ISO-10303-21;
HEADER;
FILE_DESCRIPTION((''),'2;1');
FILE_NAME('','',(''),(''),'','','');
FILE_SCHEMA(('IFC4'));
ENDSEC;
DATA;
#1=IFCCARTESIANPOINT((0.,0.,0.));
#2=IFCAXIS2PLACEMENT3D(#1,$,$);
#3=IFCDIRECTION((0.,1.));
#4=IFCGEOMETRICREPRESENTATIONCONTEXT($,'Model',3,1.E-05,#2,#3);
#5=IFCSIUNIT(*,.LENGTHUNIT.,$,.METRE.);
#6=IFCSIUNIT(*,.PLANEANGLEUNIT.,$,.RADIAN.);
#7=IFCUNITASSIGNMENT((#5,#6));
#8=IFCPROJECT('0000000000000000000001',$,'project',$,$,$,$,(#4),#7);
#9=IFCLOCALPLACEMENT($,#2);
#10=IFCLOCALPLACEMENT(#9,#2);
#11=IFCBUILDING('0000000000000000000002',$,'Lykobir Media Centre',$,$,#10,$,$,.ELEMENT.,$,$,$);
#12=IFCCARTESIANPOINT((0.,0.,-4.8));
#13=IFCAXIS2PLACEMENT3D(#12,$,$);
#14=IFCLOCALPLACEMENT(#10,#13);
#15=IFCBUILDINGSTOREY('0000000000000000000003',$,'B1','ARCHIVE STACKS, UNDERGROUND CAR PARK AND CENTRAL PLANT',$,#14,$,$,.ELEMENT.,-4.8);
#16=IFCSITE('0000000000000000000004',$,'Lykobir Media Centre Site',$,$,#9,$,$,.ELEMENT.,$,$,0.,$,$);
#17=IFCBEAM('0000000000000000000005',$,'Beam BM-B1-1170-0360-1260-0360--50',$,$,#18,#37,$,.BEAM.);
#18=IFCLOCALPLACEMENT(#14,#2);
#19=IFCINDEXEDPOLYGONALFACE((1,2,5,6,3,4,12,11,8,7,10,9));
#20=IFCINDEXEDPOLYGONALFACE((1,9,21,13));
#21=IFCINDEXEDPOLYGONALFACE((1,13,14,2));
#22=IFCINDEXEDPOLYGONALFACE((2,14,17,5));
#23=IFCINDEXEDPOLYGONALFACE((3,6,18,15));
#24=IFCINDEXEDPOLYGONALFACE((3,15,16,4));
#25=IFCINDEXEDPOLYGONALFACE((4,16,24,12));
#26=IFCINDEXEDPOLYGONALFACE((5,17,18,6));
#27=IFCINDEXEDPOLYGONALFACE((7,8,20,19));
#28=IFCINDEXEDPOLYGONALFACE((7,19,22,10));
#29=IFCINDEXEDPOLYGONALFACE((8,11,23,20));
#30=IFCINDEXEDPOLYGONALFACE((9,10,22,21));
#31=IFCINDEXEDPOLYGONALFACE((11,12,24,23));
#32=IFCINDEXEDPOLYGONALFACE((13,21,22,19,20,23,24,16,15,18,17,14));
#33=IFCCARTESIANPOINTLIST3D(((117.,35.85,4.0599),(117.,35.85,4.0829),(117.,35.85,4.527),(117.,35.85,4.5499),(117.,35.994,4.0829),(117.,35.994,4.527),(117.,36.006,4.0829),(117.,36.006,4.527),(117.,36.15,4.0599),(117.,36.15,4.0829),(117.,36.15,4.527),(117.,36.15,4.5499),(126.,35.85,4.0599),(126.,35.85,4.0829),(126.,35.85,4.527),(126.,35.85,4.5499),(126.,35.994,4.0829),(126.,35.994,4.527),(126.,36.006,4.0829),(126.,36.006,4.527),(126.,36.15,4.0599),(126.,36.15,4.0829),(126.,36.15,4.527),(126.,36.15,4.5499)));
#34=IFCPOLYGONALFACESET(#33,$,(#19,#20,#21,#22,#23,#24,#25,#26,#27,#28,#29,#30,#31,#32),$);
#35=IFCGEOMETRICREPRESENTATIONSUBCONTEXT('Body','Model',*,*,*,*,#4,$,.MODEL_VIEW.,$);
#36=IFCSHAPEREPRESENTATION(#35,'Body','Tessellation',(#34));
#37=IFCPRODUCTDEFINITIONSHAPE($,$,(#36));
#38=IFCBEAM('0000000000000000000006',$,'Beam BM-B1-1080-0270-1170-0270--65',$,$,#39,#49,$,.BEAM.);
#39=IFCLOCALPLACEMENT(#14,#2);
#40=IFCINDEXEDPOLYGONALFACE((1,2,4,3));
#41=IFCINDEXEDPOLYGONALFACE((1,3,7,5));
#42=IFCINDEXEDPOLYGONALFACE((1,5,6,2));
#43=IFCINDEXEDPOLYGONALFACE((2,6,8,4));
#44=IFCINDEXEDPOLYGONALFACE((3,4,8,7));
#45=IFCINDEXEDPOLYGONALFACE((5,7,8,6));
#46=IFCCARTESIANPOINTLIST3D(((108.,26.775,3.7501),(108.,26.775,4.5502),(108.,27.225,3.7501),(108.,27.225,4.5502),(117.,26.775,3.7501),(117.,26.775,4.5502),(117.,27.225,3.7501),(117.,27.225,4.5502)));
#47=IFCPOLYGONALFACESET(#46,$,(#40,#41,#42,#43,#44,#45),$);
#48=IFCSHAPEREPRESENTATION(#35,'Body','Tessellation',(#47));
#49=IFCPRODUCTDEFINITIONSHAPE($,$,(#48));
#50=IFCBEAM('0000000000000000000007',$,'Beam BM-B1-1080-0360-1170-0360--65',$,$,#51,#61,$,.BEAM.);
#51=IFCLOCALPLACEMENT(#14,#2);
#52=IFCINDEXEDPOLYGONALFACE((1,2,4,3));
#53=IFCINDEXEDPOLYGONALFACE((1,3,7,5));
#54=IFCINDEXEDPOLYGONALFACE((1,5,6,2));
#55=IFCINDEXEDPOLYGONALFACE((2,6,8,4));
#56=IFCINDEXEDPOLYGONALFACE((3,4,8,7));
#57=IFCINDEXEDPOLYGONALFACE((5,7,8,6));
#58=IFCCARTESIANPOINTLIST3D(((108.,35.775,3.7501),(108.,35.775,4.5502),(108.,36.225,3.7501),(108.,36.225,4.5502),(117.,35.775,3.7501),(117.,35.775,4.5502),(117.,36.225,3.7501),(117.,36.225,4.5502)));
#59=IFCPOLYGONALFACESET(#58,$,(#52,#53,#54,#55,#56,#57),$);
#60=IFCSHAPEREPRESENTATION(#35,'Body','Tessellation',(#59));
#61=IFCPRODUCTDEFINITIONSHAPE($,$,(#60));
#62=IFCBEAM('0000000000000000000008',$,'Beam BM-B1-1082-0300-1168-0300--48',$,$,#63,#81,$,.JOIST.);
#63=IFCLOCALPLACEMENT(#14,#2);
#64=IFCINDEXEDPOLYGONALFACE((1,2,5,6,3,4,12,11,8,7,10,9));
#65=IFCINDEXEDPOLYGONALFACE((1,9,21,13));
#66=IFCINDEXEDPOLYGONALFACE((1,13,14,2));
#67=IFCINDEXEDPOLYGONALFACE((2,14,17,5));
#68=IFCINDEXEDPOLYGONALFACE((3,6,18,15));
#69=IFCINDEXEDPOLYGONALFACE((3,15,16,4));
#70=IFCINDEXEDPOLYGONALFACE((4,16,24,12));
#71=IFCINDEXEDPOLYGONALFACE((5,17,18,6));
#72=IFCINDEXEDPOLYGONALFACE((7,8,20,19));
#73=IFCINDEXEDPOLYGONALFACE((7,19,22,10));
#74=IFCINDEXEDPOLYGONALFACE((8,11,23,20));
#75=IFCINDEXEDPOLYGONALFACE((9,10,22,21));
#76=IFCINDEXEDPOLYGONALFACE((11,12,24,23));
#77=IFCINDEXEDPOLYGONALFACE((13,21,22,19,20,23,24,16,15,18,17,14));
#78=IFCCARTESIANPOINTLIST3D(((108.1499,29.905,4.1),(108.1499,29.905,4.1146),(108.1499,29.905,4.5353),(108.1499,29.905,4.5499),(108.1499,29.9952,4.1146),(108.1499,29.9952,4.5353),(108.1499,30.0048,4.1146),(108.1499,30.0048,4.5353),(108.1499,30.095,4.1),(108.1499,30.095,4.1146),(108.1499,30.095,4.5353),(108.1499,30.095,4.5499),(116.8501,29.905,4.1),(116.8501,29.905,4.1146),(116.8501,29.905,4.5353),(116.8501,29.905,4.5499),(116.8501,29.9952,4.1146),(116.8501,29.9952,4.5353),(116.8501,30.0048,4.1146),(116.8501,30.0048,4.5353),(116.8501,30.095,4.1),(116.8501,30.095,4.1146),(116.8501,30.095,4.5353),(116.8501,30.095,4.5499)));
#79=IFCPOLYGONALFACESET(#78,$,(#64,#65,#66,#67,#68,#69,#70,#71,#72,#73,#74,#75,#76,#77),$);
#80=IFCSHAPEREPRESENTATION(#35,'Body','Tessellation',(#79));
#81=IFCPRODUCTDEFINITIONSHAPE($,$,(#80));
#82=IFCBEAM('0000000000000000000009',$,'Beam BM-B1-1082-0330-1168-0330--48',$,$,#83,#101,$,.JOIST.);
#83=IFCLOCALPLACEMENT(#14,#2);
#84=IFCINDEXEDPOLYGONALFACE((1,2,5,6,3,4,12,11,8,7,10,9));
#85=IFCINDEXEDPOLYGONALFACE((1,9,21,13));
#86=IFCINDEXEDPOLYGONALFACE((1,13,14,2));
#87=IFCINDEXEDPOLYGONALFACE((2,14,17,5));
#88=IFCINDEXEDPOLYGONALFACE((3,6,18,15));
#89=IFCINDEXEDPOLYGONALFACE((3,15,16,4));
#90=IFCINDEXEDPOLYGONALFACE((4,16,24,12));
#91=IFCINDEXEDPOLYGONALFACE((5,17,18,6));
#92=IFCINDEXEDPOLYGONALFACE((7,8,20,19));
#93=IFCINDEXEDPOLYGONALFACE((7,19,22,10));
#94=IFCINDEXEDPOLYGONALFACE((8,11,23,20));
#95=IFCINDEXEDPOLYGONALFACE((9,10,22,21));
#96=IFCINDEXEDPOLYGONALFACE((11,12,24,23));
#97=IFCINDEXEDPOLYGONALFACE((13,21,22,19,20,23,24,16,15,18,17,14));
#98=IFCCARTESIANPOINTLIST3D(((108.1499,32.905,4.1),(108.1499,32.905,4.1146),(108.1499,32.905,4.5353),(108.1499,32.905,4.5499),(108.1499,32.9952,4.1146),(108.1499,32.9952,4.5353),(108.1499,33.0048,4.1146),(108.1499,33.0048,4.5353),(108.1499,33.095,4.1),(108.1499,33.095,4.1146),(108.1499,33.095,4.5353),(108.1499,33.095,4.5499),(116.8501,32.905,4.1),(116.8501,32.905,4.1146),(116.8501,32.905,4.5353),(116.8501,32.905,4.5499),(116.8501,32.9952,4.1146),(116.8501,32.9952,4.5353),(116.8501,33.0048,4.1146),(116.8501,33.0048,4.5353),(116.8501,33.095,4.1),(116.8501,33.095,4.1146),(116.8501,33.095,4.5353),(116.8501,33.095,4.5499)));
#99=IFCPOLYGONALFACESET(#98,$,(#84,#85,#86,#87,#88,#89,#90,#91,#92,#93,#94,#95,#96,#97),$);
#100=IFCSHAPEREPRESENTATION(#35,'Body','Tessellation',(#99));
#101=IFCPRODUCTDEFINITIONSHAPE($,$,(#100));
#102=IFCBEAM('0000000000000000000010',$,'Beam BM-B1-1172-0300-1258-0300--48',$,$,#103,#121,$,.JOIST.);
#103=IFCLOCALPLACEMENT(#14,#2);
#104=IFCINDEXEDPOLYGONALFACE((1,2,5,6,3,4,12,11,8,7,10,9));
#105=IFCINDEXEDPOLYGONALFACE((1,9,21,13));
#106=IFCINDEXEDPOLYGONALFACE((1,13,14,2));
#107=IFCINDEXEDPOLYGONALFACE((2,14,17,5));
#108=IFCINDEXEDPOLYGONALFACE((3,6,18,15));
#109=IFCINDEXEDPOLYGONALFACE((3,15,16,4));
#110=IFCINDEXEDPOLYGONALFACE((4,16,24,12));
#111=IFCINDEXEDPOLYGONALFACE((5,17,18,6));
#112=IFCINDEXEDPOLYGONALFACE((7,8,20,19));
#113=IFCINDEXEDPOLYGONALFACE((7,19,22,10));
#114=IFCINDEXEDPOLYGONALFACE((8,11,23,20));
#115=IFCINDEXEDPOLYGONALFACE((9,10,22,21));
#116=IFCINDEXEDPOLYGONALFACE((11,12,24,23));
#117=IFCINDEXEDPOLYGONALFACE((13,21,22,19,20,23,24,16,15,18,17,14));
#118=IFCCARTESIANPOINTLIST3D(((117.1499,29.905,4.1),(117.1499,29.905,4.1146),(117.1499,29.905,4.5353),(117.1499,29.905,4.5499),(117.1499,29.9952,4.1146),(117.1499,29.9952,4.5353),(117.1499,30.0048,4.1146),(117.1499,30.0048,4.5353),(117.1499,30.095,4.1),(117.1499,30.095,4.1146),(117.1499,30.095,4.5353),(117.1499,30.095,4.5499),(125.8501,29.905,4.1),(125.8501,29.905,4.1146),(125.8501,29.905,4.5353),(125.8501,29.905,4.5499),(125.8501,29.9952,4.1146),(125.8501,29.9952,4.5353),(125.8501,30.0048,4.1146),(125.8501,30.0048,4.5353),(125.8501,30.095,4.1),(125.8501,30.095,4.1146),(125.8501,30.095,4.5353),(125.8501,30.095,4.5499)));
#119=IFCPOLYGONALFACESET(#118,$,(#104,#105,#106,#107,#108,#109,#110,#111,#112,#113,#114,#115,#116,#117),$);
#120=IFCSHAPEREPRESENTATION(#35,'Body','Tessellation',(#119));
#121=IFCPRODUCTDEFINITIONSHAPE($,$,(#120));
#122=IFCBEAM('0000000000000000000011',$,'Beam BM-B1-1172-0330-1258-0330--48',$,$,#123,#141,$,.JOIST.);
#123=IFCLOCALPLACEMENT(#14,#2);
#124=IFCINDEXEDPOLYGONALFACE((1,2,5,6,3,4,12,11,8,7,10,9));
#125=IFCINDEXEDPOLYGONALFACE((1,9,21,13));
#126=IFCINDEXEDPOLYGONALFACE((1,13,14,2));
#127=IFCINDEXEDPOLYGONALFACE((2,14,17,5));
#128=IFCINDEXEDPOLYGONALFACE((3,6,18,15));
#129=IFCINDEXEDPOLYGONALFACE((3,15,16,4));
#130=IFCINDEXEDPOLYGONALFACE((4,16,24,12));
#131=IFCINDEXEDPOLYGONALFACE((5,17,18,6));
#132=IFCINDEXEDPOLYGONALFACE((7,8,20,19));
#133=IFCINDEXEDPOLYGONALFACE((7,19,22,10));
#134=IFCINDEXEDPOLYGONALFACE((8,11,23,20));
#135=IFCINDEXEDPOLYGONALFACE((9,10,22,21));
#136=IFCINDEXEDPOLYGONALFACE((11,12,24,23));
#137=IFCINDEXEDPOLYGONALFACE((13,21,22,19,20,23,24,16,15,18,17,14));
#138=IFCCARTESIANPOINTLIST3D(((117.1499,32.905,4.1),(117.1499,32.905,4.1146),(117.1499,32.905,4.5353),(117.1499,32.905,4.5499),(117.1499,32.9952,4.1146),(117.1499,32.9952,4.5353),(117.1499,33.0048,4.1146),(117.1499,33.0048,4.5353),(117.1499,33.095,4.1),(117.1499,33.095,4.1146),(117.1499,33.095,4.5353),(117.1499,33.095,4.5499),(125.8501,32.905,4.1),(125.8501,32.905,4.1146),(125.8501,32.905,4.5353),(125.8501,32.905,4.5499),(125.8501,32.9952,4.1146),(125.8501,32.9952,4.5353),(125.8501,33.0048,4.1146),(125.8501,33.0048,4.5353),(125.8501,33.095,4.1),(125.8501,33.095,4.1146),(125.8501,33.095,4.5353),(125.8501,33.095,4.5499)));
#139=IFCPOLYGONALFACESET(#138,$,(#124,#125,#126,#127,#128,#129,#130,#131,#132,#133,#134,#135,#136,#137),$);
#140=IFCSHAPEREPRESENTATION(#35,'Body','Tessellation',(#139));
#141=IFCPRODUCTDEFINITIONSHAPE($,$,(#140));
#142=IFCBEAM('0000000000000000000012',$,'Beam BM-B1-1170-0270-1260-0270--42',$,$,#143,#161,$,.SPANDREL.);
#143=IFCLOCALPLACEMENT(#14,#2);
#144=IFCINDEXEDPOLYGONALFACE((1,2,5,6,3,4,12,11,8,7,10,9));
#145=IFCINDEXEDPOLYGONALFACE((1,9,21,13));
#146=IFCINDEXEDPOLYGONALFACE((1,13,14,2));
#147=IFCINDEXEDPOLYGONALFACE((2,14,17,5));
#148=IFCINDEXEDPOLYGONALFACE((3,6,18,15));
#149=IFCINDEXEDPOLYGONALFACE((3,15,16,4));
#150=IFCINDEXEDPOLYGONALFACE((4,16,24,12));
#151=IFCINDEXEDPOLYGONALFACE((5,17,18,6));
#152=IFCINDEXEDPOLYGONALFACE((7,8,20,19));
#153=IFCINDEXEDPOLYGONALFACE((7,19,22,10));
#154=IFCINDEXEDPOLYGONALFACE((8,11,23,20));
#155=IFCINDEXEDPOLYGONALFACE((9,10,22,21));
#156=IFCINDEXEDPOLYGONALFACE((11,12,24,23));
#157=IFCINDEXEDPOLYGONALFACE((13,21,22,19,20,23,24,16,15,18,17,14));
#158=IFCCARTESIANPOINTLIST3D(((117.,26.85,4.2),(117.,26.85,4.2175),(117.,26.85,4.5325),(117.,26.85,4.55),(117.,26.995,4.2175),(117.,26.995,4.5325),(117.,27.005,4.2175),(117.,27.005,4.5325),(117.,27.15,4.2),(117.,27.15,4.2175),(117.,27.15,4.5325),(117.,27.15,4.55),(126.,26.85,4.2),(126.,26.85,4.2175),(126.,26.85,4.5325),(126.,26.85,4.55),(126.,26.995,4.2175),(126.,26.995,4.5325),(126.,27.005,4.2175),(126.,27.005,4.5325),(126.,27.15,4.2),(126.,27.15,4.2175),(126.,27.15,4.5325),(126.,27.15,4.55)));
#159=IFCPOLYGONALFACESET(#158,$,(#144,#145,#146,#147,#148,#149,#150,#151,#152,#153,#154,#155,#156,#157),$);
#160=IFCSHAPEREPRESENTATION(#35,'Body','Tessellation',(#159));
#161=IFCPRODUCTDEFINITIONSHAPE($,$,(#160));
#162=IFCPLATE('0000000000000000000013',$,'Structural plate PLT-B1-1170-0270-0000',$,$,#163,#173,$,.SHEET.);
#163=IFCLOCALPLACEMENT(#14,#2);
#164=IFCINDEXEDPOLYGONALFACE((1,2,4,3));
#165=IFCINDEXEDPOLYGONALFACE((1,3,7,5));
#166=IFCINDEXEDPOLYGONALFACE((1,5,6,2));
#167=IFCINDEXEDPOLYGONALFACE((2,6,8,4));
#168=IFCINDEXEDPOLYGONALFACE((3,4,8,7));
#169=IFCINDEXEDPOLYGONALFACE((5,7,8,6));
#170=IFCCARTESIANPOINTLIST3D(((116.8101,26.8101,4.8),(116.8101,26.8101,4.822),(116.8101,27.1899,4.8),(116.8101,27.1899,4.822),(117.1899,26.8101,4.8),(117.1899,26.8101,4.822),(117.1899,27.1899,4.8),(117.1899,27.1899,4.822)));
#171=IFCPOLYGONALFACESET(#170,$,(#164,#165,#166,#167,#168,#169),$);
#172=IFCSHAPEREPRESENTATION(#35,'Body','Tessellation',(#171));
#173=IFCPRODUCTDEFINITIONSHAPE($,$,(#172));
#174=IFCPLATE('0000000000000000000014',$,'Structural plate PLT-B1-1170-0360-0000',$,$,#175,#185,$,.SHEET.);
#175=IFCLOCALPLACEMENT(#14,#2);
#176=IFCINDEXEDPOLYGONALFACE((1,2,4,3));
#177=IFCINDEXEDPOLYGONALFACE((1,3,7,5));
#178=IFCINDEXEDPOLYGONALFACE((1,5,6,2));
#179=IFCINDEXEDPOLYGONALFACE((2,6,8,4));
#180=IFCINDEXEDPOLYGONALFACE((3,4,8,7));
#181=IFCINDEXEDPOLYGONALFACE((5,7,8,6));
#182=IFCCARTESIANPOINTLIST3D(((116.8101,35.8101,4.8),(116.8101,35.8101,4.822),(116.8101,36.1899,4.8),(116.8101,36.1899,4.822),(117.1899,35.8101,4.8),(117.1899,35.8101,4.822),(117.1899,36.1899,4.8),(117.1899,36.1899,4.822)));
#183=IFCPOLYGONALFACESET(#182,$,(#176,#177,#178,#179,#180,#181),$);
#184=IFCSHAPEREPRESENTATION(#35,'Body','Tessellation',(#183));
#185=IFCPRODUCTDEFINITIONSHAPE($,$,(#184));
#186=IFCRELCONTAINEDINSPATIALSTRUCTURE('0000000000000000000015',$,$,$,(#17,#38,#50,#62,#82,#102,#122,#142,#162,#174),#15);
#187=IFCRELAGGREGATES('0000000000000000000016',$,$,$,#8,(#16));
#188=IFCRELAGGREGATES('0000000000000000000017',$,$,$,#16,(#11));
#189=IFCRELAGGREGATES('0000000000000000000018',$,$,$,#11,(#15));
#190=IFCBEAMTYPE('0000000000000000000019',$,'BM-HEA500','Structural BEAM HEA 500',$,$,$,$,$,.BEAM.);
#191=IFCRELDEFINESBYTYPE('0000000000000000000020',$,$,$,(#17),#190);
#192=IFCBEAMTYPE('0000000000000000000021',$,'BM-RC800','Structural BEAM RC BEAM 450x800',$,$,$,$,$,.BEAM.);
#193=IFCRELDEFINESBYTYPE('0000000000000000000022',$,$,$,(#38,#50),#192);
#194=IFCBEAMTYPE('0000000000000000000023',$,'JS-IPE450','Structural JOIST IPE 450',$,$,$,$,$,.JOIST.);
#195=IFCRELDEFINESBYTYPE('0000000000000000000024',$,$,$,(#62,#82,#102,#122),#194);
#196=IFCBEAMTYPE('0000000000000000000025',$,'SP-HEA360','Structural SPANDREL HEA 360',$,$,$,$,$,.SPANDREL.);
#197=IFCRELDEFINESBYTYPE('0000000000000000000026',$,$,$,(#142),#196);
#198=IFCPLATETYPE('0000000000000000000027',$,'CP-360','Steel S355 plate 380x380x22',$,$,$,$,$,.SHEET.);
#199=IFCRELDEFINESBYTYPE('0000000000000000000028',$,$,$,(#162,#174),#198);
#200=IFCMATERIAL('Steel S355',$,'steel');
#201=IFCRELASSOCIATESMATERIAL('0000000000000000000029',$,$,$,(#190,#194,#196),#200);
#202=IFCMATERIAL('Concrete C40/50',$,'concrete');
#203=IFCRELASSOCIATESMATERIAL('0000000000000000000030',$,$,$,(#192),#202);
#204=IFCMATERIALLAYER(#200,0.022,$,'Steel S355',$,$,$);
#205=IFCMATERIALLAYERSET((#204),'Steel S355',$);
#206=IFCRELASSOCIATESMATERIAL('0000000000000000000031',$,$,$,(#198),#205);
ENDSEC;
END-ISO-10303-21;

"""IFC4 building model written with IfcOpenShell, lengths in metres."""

from ifc_helpers import new_model, si_unit, direction, frame, origin, origin_2d, place, context, subcontext, project, spatial, rectangle, i_section, extrude, material, layer, layer_set, material_profile, profile_set, type_object, element, save


model = new_model("IFC4")

# Units and contexts
model_context = context("Model", 3, precision=1e-05, world=origin(), true_north=direction((0.0, 1.0)))
body_context = subcontext(model_context, "Body", "Model", "MODEL_VIEW")
ifc_project = project(units=[si_unit("LENGTHUNIT", "METRE"), si_unit("PLANEANGLEUNIT", "RADIAN")], contexts=[model_context])

# Site, building, storey
site_placement = place(None, origin())
site = spatial("IfcSite", under=ifc_project, at=site_placement, Name="Lykobir Media Centre Site", CompositionType="ELEMENT", RefElevation=0.0)
building_placement = place(site_placement, origin())
building = spatial("IfcBuilding", under=site, at=building_placement, Name="Lykobir Media Centre", CompositionType="ELEMENT")
storey_placement = place(building_placement, frame((0.0, 0.0, -4.8)))
storey = spatial("IfcBuildingStorey", under=building, at=storey_placement, Name="B1", Description="ARCHIVE STACKS, UNDERGROUND CAR PARK AND CENTRAL PLANT", CompositionType="ELEMENT", Elevation=-4.8)

# Shared definitions
ifc_material_1 = material(Name="Concrete C40/50", Category="concrete")
ifc_material_2 = material(Name="Steel S355", Category="steel")

# Beams
ifc_material_profile_1 = material_profile(ifc_material_2, i_section(OverallWidth=0.3, OverallDepth=0.49, WebThickness=0.012, FlangeThickness=0.0229, at=origin_2d()), Name="HEA 500")
ifc_profile_set_1 = profile_set([ifc_material_profile_1], Name="Steel S355")
beam_type_1 = type_object("IfcBeamType", Name="BM-HEA500", Description="Structural BEAM HEA 500", PredefinedType="BEAM", material=ifc_profile_set_1)
beam_1_placement = place(storey_placement, frame((117.0, 36.0, 4.3049), z_axis=(1.0, 0.0, 0.0), x_axis=(0.0, 1.0, 0.0)))
element("IfcBeam", 1, at=beam_1_placement, inside=storey, type_object=beam_type_1, Name="Beam BM-B1-1170-0360-1260-0360--50", PredefinedType="BEAM", context=body_context, shape_type="SweptSolid", body=[
    extrude(i_section(OverallWidth=0.3, OverallDepth=0.49, WebThickness=0.012, FlangeThickness=0.0229, at=origin_2d()), origin(), (0.0, 0.0, 1.0), 9.0),
])
ifc_material_profile_2 = material_profile(ifc_material_1, rectangle(XDim=0.45, YDim=0.8, at=origin_2d()), Name="RC BEAM 450x800")
ifc_profile_set_2 = profile_set([ifc_material_profile_2], Name="Concrete C40/50")
beam_type_2 = type_object("IfcBeamType", Name="BM-RC800", Description="Structural BEAM RC BEAM 450x800", PredefinedType="BEAM", material=ifc_profile_set_2)
for number, where, z_axis, x_axis, name in (
    (2, (108.0, 27.0, 4.1501), (1.0, 0.0, 0.0), (0.0, 1.0, 0.0), "Beam BM-B1-1080-0270-1170-0270--65"),
    (3, (108.0, 36.0, 4.1501), (1.0, 0.0, 0.0), (0.0, 1.0, 0.0), "Beam BM-B1-1080-0360-1170-0360--65"),
):
    element("IfcBeam", number, at=place(storey_placement, frame(where, z_axis=z_axis, x_axis=x_axis)), inside=storey, type_object=beam_type_2, Name=name, PredefinedType="BEAM", context=body_context, shape_type="SweptSolid", body=[
        extrude(rectangle(XDim=0.45, YDim=0.8, at=origin_2d()), origin(), (0.0, 0.0, 1.0), 9.0),
    ])
ifc_material_profile_3 = material_profile(ifc_material_2, i_section(OverallWidth=0.1899, OverallDepth=0.45, WebThickness=0.0095, FlangeThickness=0.0146, at=origin_2d()), Name="IPE 450")
ifc_profile_set_3 = profile_set([ifc_material_profile_3], Name="Steel S355")
beam_type_3 = type_object("IfcBeamType", Name="JS-IPE450", Description="Structural JOIST IPE 450", PredefinedType="JOIST", material=ifc_profile_set_3)
for number, where, z_axis, x_axis, name in (
    (4, (108.1499, 30.0, 4.325), (1.0, 0.0, 0.0), (0.0, 1.0, 0.0), "Beam BM-B1-1082-0300-1168-0300--48"),
    (5, (108.1499, 33.0, 4.325), (1.0, 0.0, 0.0), (0.0, 1.0, 0.0), "Beam BM-B1-1082-0330-1168-0330--48"),
    (6, (117.1499, 30.0, 4.325), (1.0, 0.0, 0.0), (0.0, 1.0, 0.0), "Beam BM-B1-1172-0300-1258-0300--48"),
    (7, (117.1499, 33.0, 4.325), (1.0, 0.0, 0.0), (0.0, 1.0, 0.0), "Beam BM-B1-1172-0330-1258-0330--48"),
):
    element("IfcBeam", number, at=place(storey_placement, frame(where, z_axis=z_axis, x_axis=x_axis)), inside=storey, type_object=beam_type_3, Name=name, PredefinedType="JOIST", context=body_context, shape_type="SweptSolid", body=[
        extrude(i_section(OverallWidth=0.1899, OverallDepth=0.45, WebThickness=0.0095, FlangeThickness=0.0146, at=origin_2d()), origin(), (0.0, 0.0, 1.0), 8.7002),
    ])
ifc_material_profile_4 = material_profile(ifc_material_2, i_section(OverallWidth=0.3, OverallDepth=0.3501, WebThickness=0.01, FlangeThickness=0.0176, at=origin_2d()), Name="HEA 360")
ifc_profile_set_4 = profile_set([ifc_material_profile_4], Name="Steel S355")
beam_type_4 = type_object("IfcBeamType", Name="SP-HEA360", Description="Structural SPANDREL HEA 360", PredefinedType="SPANDREL", material=ifc_profile_set_4)
beam_2_placement = place(storey_placement, frame((117.0, 27.0, 4.375), z_axis=(1.0, 0.0, 0.0), x_axis=(0.0, 1.0, 0.0)))
element("IfcBeam", 8, at=beam_2_placement, inside=storey, type_object=beam_type_4, Name="Beam BM-B1-1170-0270-1260-0270--42", PredefinedType="SPANDREL", context=body_context, shape_type="SweptSolid", body=[
    extrude(i_section(OverallWidth=0.3, OverallDepth=0.3501, WebThickness=0.01, FlangeThickness=0.0176, at=origin_2d()), origin(), (0.0, 0.0, 1.0), 9.0),
])

# Plates
ifc_layer = layer(ifc_material_2, 0.022, Name="Steel S355")
ifc_layer_set = layer_set([ifc_layer], Name="Steel S355")
plate_type = type_object("IfcPlateType", Name="CP-360", Description="Steel S355 plate 380x380x22", PredefinedType="SHEET", material=ifc_layer_set)
for number, where, z_axis, x_axis, name in (
    (9, (117.0, 27.0, 4.8), (0.0, 0.0, 1.0), (1.0, 0.0, 0.0), "Structural plate PLT-B1-1170-0270-0000"),
    (10, (117.0, 36.0, 4.8), (0.0, 0.0, 1.0), (1.0, 0.0, 0.0), "Structural plate PLT-B1-1170-0360-0000"),
):
    element("IfcPlate", number, at=place(storey_placement, frame(where, z_axis=z_axis, x_axis=x_axis)), inside=storey, type_object=plate_type, Name=name, PredefinedType="SHEET", context=body_context, shape_type="SweptSolid", body=[
        extrude(rectangle(XDim=0.3799, YDim=0.3799, at=origin_2d()), origin(), (0.0, 0.0, 1.0), 0.022),
    ])

save(model, "model.ifc")
